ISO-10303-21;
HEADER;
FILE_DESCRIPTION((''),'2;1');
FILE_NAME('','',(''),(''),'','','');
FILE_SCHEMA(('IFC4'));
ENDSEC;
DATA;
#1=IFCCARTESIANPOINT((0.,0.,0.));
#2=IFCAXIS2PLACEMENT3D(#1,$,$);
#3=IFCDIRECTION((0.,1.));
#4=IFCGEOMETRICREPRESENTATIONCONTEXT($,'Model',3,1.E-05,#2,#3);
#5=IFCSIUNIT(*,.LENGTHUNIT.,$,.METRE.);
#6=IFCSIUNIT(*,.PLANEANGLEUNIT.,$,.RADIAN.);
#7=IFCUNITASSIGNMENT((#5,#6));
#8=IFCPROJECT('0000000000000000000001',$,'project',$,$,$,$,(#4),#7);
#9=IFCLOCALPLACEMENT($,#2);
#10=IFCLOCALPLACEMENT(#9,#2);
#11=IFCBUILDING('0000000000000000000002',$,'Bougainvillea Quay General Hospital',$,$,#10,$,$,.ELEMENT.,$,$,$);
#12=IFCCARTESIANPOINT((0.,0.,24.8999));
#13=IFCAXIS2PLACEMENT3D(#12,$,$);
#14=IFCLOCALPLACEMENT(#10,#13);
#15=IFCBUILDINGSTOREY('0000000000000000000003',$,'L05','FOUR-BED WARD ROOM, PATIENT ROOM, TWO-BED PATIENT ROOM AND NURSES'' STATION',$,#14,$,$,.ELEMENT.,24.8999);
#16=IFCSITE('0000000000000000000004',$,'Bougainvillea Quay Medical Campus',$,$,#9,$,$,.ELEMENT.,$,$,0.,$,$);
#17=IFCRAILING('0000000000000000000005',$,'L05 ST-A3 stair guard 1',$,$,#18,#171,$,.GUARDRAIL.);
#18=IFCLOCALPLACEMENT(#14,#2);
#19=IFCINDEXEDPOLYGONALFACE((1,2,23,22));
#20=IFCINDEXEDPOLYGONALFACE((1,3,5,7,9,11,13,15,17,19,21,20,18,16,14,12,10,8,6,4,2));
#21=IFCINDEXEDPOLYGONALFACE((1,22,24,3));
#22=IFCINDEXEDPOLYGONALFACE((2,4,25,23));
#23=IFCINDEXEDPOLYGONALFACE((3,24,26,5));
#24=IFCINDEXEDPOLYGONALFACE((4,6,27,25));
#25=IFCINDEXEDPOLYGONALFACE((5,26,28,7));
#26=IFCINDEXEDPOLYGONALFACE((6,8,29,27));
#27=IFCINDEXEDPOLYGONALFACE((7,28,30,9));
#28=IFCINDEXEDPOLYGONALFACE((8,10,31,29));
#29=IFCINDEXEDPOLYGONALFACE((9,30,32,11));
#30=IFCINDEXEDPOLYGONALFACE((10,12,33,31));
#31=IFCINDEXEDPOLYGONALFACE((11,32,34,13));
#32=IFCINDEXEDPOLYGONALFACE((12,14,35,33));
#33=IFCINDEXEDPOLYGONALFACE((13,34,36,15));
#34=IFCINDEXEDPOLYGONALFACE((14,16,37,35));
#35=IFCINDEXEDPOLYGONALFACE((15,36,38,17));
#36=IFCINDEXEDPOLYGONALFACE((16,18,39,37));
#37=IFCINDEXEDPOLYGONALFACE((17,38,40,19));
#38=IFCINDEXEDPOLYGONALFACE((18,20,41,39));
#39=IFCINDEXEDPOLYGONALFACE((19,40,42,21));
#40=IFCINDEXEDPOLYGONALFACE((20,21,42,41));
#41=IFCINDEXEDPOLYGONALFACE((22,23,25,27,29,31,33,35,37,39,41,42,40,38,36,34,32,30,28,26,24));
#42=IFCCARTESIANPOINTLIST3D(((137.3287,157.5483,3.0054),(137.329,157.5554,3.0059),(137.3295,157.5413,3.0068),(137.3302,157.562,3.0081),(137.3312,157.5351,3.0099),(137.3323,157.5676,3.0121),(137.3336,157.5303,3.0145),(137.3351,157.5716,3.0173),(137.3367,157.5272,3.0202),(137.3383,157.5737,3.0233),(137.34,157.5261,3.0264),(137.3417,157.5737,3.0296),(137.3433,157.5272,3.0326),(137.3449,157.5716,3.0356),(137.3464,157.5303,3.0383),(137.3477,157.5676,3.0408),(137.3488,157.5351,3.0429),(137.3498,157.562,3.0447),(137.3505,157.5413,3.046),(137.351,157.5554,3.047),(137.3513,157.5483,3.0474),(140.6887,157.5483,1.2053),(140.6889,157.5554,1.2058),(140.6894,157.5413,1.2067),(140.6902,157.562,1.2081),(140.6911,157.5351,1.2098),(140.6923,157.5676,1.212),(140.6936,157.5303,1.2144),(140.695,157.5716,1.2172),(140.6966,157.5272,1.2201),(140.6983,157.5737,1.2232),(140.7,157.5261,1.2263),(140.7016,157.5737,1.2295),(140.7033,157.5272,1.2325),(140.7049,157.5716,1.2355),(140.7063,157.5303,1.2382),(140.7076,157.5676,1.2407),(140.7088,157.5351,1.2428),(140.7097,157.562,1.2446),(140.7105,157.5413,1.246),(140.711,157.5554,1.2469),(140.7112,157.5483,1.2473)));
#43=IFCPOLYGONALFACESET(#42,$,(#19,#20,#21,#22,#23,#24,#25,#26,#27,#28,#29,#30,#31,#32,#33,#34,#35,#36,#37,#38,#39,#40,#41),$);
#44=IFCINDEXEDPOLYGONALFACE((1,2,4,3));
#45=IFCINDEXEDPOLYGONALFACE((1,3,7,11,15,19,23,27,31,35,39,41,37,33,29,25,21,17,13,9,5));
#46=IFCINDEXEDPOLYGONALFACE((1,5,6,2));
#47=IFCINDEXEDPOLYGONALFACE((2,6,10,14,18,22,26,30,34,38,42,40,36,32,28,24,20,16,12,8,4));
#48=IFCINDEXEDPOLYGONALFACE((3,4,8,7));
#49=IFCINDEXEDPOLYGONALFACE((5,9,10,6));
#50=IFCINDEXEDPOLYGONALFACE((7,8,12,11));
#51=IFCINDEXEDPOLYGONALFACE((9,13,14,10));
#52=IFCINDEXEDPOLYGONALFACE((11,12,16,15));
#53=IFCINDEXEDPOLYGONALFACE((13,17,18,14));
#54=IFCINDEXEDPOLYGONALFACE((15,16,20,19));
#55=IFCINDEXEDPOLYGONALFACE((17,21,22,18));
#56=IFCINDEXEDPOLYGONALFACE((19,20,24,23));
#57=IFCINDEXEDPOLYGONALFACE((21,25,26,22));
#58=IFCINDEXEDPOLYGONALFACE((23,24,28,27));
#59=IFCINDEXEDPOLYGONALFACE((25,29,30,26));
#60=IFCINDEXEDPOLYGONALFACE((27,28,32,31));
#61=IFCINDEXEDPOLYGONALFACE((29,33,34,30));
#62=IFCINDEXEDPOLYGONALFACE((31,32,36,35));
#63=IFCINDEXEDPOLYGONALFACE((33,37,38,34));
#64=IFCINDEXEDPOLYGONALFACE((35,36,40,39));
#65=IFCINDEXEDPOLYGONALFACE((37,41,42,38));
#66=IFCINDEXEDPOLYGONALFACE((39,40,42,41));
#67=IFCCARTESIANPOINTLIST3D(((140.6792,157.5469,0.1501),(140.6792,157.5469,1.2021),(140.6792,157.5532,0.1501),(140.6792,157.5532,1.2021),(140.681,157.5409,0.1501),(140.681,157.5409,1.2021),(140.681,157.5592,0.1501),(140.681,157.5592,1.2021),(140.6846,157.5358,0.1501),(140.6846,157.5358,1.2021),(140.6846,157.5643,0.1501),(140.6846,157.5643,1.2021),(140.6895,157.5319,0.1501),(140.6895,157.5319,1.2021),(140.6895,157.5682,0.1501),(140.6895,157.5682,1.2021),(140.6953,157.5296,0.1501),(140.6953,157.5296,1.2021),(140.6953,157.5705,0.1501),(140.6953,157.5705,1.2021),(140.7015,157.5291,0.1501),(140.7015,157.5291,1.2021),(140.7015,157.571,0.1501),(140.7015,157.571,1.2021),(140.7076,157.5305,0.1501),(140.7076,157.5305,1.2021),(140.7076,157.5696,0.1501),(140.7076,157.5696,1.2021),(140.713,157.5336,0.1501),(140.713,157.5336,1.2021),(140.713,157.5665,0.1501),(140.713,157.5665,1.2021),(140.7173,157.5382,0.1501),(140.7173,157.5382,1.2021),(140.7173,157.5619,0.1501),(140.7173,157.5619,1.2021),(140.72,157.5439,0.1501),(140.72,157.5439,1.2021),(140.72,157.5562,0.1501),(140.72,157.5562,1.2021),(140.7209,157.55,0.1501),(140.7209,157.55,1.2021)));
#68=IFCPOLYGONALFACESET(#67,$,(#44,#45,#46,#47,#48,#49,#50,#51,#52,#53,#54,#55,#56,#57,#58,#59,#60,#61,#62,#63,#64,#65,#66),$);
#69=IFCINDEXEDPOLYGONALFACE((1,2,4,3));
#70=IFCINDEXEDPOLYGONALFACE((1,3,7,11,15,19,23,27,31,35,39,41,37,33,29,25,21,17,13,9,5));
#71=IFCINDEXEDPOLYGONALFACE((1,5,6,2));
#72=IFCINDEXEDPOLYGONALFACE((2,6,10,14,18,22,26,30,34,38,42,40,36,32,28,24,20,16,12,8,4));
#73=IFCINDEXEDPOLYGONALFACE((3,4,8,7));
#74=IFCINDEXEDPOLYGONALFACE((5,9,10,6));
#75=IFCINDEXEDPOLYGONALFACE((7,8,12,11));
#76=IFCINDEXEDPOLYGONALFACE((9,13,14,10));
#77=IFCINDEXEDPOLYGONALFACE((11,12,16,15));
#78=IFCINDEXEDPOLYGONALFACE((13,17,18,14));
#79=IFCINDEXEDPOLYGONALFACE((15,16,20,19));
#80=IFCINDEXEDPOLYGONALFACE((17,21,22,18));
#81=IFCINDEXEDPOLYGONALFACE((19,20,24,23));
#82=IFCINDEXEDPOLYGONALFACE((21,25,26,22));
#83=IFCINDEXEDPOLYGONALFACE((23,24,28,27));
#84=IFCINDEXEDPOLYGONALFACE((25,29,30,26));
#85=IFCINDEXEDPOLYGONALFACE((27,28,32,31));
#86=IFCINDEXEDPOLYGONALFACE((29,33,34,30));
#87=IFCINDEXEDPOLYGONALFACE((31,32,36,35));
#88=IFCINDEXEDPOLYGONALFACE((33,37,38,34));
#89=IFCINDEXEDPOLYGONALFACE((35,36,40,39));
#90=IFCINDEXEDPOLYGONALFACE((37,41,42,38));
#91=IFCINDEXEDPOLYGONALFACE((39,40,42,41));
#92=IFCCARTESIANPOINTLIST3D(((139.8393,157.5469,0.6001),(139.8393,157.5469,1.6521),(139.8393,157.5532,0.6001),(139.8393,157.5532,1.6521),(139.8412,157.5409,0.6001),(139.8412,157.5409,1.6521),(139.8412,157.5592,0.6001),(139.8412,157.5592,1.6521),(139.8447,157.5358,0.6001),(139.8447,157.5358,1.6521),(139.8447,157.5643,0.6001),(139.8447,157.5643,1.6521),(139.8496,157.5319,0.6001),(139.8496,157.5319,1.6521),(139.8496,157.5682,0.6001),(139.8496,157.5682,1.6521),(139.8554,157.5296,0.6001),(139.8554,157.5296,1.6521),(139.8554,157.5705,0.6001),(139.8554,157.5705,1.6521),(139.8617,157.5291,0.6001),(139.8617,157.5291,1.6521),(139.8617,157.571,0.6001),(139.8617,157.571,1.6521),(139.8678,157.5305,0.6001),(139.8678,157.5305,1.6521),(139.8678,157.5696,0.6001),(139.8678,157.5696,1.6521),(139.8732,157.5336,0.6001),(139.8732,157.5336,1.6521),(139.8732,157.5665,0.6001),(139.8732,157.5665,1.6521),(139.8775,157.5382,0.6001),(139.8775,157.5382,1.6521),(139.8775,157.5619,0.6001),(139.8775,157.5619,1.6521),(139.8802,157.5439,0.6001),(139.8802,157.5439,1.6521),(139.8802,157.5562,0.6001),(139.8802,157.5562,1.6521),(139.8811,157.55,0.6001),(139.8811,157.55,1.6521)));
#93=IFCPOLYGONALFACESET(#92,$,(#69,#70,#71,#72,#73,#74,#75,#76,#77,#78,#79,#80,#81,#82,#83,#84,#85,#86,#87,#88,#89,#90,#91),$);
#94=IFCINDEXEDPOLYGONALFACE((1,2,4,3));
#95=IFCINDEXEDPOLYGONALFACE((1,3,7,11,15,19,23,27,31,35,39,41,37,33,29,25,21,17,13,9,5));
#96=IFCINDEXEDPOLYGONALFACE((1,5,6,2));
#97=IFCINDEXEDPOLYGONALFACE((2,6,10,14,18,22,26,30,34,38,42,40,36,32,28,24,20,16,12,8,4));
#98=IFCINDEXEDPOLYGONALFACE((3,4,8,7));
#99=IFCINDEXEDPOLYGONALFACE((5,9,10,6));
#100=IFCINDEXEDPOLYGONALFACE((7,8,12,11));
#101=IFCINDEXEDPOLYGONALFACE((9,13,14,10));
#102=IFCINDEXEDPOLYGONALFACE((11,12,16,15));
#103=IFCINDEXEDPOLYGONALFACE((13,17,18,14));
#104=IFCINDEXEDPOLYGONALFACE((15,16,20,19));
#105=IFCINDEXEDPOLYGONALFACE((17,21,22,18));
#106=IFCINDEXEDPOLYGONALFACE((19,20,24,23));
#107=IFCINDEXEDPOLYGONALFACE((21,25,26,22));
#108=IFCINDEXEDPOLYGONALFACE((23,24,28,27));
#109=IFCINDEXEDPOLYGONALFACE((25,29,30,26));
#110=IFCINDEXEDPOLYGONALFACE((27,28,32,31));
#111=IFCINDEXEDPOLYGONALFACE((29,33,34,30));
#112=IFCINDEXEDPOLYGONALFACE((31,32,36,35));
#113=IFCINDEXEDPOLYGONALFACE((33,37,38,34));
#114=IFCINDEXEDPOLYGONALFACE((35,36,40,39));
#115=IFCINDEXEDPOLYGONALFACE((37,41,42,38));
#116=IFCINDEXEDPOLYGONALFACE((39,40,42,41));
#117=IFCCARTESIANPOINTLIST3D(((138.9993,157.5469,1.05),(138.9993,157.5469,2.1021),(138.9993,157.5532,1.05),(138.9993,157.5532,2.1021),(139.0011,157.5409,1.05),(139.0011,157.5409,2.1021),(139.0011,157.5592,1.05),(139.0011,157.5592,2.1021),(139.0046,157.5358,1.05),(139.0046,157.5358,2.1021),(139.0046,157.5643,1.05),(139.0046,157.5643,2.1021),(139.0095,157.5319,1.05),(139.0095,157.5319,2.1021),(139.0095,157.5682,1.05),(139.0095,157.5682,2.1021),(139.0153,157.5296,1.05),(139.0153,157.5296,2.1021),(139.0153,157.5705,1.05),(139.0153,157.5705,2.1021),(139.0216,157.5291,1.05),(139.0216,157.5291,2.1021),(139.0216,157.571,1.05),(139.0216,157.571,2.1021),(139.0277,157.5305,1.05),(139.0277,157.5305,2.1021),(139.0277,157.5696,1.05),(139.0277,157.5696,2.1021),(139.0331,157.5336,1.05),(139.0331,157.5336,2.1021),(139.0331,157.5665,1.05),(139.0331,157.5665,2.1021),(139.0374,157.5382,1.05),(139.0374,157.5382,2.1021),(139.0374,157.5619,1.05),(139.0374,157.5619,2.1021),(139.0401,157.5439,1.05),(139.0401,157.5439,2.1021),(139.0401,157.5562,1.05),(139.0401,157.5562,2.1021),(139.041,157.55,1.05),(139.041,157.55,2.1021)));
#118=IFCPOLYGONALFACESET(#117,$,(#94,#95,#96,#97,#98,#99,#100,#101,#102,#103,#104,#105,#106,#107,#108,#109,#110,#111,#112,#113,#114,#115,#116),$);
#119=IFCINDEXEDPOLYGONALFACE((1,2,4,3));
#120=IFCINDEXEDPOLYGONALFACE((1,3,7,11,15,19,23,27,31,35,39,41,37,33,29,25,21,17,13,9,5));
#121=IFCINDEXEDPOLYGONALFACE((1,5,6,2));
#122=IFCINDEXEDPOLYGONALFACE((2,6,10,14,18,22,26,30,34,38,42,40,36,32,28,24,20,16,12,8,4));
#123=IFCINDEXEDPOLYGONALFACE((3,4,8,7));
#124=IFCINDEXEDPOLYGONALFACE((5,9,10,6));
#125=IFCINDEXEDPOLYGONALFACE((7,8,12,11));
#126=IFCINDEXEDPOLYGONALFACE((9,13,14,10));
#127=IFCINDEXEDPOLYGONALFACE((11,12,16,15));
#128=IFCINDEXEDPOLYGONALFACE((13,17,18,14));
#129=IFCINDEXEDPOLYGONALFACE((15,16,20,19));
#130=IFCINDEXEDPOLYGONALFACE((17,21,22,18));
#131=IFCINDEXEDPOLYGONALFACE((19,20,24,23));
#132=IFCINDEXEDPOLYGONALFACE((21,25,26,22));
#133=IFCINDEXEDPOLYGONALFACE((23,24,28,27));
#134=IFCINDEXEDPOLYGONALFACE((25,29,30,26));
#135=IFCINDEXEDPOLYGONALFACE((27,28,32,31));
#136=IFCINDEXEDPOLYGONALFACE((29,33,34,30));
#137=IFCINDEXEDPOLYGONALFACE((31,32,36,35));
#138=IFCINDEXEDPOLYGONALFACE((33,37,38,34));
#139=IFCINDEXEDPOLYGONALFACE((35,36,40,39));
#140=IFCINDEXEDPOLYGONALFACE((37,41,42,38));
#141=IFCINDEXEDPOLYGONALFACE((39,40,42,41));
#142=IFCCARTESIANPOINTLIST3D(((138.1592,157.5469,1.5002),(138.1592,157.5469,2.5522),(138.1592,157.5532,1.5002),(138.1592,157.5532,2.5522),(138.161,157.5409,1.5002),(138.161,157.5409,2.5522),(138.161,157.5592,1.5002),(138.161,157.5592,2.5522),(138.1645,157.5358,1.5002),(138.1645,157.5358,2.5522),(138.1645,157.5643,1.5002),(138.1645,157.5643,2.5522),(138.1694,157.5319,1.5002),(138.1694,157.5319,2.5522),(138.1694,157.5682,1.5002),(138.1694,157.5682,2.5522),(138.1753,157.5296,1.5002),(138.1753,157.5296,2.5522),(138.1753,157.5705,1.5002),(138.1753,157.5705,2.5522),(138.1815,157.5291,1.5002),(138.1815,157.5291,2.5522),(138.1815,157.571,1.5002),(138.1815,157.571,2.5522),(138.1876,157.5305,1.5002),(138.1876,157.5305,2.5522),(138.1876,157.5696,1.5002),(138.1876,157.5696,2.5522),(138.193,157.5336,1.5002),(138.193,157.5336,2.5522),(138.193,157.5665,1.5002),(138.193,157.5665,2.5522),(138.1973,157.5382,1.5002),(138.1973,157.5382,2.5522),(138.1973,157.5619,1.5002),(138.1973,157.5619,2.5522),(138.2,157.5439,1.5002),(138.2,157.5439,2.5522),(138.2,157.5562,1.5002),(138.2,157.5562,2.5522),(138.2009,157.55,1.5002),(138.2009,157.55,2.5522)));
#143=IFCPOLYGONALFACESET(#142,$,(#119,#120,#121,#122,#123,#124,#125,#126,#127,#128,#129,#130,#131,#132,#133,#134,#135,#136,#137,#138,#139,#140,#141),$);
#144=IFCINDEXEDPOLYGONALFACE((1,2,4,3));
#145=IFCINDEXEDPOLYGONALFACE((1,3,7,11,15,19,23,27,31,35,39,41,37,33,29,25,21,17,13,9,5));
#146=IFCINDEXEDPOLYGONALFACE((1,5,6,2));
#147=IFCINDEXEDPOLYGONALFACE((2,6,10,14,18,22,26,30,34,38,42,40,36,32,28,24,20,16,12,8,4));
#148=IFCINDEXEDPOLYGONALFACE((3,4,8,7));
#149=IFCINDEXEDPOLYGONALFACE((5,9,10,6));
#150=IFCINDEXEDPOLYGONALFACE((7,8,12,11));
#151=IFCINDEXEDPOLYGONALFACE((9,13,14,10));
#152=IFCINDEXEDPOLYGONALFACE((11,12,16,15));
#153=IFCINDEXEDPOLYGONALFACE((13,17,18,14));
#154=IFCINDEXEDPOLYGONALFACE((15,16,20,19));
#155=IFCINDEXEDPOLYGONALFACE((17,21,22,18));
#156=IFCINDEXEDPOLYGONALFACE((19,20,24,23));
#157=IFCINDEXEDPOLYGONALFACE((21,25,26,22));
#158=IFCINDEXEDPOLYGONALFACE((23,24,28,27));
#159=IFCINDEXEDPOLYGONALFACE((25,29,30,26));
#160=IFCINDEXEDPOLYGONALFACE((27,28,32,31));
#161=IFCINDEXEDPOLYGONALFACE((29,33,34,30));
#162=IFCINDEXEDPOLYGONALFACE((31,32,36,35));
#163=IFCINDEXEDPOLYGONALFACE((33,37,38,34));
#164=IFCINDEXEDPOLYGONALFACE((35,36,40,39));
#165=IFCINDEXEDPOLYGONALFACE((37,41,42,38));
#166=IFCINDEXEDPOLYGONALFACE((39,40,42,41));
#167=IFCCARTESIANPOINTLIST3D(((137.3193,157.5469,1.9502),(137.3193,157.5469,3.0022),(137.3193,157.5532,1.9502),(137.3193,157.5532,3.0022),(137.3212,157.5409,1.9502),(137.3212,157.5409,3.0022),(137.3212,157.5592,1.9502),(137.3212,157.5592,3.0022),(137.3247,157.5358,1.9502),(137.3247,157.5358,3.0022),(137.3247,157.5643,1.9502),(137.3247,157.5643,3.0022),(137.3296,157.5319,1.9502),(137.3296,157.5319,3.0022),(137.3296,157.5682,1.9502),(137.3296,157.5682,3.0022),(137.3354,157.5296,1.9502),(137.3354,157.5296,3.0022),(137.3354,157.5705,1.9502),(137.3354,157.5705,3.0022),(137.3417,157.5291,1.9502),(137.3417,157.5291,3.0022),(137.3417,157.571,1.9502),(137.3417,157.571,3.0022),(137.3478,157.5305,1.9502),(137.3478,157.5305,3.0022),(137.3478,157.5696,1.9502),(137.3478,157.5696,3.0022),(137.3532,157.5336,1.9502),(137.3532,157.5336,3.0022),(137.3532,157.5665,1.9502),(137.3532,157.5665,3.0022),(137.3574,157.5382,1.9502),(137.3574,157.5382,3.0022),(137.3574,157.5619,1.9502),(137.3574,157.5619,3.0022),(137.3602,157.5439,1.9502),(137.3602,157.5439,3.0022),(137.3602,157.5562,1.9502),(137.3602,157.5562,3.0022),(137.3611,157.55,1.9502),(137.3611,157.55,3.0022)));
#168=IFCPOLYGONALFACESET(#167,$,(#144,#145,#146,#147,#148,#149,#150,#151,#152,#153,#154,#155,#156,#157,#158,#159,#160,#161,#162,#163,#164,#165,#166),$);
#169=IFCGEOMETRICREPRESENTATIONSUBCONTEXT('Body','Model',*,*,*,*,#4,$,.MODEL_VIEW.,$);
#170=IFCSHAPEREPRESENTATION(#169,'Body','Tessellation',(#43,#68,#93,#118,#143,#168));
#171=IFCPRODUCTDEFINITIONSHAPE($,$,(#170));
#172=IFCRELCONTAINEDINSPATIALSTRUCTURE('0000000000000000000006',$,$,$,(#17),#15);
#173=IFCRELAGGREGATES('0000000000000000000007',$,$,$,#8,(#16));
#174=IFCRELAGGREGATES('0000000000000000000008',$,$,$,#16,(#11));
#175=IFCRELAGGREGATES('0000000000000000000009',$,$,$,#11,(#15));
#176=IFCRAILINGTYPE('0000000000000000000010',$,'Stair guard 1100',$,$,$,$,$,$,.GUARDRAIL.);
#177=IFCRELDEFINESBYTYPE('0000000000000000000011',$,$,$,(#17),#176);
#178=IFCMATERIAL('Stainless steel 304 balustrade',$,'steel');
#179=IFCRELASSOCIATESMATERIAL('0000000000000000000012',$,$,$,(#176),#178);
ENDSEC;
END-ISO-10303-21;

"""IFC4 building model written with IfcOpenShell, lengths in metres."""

from ifc_helpers import new_model, si_unit, direction, frame, origin, origin_2d, place, context, subcontext, project, spatial, circle, extrude, material, type_object, element, save


model = new_model("IFC4")

# Units and contexts
model_context = context("Model", 3, precision=1e-05, world=origin(), true_north=direction((0.0, 1.0)))
body_context = subcontext(model_context, "Body", "Model", "MODEL_VIEW")
ifc_project = project(units=[si_unit("LENGTHUNIT", "METRE"), si_unit("PLANEANGLEUNIT", "RADIAN")], contexts=[model_context])

# Site, building, storey
site_placement = place(None, origin())
site = spatial("IfcSite", under=ifc_project, at=site_placement, Name="Bougainvillea Quay Medical Campus", CompositionType="ELEMENT", RefElevation=0.0)
building_placement = place(site_placement, origin())
building = spatial("IfcBuilding", under=site, at=building_placement, Name="Bougainvillea Quay General Hospital", CompositionType="ELEMENT")
storey_placement = place(building_placement, frame((0.0, 0.0, 24.8999)))
storey = spatial("IfcBuildingStorey", under=building, at=storey_placement, Name="L05", Description="FOUR-BED WARD ROOM, PATIENT ROOM, TWO-BED PATIENT ROOM AND NURSES' STATION", CompositionType="ELEMENT", Elevation=24.8999)

# Railing
ifc_material_1 = material(Name="Stainless steel 304 balustrade", Category="steel")
railing_type_1 = type_object("IfcRailingType", Name="Stair guard 1100", PredefinedType="GUARDRAIL", material=ifc_material_1)
railing_1_placement = place(storey_placement, frame((140.7, 157.55, 0.1501)))
element("IfcRailing", 1, at=railing_1_placement, inside=storey, type_object=railing_type_1, Name="L05 ST-A3 stair guard 1", PredefinedType="GUARDRAIL", context=body_context, shape_type="SweptSolid", body=[
    extrude(circle(Radius=0.0239, at=origin_2d()), frame((0.0, 0.0, 1.0762), z_axis=(-0.881467, 0.0, 0.472246), x_axis=(0.0, -1.0, 0.0)), (0.0, 0.0, 1.0), 3.8118),
    extrude(circle(Radius=0.021, at=origin_2d()), origin(), (0.0, 0.0, 1.0), 1.052),
    extrude(circle(Radius=0.021, at=origin_2d()), frame((-0.8398, 0.0, 0.45)), (0.0, 0.0, 1.0), 1.052),
    extrude(circle(Radius=0.021, at=origin_2d()), frame((-1.6799, 0.0, 0.8999)), (0.0, 0.0, 1.0), 1.052),
    extrude(circle(Radius=0.021, at=origin_2d()), frame((-2.52, 0.0, 1.3501)), (0.0, 0.0, 1.0), 1.052),
    extrude(circle(Radius=0.021, at=origin_2d()), frame((-3.3599, 0.0, 1.8)), (0.0, 0.0, 1.0), 1.052),
])

save(model, "model.ifc")
